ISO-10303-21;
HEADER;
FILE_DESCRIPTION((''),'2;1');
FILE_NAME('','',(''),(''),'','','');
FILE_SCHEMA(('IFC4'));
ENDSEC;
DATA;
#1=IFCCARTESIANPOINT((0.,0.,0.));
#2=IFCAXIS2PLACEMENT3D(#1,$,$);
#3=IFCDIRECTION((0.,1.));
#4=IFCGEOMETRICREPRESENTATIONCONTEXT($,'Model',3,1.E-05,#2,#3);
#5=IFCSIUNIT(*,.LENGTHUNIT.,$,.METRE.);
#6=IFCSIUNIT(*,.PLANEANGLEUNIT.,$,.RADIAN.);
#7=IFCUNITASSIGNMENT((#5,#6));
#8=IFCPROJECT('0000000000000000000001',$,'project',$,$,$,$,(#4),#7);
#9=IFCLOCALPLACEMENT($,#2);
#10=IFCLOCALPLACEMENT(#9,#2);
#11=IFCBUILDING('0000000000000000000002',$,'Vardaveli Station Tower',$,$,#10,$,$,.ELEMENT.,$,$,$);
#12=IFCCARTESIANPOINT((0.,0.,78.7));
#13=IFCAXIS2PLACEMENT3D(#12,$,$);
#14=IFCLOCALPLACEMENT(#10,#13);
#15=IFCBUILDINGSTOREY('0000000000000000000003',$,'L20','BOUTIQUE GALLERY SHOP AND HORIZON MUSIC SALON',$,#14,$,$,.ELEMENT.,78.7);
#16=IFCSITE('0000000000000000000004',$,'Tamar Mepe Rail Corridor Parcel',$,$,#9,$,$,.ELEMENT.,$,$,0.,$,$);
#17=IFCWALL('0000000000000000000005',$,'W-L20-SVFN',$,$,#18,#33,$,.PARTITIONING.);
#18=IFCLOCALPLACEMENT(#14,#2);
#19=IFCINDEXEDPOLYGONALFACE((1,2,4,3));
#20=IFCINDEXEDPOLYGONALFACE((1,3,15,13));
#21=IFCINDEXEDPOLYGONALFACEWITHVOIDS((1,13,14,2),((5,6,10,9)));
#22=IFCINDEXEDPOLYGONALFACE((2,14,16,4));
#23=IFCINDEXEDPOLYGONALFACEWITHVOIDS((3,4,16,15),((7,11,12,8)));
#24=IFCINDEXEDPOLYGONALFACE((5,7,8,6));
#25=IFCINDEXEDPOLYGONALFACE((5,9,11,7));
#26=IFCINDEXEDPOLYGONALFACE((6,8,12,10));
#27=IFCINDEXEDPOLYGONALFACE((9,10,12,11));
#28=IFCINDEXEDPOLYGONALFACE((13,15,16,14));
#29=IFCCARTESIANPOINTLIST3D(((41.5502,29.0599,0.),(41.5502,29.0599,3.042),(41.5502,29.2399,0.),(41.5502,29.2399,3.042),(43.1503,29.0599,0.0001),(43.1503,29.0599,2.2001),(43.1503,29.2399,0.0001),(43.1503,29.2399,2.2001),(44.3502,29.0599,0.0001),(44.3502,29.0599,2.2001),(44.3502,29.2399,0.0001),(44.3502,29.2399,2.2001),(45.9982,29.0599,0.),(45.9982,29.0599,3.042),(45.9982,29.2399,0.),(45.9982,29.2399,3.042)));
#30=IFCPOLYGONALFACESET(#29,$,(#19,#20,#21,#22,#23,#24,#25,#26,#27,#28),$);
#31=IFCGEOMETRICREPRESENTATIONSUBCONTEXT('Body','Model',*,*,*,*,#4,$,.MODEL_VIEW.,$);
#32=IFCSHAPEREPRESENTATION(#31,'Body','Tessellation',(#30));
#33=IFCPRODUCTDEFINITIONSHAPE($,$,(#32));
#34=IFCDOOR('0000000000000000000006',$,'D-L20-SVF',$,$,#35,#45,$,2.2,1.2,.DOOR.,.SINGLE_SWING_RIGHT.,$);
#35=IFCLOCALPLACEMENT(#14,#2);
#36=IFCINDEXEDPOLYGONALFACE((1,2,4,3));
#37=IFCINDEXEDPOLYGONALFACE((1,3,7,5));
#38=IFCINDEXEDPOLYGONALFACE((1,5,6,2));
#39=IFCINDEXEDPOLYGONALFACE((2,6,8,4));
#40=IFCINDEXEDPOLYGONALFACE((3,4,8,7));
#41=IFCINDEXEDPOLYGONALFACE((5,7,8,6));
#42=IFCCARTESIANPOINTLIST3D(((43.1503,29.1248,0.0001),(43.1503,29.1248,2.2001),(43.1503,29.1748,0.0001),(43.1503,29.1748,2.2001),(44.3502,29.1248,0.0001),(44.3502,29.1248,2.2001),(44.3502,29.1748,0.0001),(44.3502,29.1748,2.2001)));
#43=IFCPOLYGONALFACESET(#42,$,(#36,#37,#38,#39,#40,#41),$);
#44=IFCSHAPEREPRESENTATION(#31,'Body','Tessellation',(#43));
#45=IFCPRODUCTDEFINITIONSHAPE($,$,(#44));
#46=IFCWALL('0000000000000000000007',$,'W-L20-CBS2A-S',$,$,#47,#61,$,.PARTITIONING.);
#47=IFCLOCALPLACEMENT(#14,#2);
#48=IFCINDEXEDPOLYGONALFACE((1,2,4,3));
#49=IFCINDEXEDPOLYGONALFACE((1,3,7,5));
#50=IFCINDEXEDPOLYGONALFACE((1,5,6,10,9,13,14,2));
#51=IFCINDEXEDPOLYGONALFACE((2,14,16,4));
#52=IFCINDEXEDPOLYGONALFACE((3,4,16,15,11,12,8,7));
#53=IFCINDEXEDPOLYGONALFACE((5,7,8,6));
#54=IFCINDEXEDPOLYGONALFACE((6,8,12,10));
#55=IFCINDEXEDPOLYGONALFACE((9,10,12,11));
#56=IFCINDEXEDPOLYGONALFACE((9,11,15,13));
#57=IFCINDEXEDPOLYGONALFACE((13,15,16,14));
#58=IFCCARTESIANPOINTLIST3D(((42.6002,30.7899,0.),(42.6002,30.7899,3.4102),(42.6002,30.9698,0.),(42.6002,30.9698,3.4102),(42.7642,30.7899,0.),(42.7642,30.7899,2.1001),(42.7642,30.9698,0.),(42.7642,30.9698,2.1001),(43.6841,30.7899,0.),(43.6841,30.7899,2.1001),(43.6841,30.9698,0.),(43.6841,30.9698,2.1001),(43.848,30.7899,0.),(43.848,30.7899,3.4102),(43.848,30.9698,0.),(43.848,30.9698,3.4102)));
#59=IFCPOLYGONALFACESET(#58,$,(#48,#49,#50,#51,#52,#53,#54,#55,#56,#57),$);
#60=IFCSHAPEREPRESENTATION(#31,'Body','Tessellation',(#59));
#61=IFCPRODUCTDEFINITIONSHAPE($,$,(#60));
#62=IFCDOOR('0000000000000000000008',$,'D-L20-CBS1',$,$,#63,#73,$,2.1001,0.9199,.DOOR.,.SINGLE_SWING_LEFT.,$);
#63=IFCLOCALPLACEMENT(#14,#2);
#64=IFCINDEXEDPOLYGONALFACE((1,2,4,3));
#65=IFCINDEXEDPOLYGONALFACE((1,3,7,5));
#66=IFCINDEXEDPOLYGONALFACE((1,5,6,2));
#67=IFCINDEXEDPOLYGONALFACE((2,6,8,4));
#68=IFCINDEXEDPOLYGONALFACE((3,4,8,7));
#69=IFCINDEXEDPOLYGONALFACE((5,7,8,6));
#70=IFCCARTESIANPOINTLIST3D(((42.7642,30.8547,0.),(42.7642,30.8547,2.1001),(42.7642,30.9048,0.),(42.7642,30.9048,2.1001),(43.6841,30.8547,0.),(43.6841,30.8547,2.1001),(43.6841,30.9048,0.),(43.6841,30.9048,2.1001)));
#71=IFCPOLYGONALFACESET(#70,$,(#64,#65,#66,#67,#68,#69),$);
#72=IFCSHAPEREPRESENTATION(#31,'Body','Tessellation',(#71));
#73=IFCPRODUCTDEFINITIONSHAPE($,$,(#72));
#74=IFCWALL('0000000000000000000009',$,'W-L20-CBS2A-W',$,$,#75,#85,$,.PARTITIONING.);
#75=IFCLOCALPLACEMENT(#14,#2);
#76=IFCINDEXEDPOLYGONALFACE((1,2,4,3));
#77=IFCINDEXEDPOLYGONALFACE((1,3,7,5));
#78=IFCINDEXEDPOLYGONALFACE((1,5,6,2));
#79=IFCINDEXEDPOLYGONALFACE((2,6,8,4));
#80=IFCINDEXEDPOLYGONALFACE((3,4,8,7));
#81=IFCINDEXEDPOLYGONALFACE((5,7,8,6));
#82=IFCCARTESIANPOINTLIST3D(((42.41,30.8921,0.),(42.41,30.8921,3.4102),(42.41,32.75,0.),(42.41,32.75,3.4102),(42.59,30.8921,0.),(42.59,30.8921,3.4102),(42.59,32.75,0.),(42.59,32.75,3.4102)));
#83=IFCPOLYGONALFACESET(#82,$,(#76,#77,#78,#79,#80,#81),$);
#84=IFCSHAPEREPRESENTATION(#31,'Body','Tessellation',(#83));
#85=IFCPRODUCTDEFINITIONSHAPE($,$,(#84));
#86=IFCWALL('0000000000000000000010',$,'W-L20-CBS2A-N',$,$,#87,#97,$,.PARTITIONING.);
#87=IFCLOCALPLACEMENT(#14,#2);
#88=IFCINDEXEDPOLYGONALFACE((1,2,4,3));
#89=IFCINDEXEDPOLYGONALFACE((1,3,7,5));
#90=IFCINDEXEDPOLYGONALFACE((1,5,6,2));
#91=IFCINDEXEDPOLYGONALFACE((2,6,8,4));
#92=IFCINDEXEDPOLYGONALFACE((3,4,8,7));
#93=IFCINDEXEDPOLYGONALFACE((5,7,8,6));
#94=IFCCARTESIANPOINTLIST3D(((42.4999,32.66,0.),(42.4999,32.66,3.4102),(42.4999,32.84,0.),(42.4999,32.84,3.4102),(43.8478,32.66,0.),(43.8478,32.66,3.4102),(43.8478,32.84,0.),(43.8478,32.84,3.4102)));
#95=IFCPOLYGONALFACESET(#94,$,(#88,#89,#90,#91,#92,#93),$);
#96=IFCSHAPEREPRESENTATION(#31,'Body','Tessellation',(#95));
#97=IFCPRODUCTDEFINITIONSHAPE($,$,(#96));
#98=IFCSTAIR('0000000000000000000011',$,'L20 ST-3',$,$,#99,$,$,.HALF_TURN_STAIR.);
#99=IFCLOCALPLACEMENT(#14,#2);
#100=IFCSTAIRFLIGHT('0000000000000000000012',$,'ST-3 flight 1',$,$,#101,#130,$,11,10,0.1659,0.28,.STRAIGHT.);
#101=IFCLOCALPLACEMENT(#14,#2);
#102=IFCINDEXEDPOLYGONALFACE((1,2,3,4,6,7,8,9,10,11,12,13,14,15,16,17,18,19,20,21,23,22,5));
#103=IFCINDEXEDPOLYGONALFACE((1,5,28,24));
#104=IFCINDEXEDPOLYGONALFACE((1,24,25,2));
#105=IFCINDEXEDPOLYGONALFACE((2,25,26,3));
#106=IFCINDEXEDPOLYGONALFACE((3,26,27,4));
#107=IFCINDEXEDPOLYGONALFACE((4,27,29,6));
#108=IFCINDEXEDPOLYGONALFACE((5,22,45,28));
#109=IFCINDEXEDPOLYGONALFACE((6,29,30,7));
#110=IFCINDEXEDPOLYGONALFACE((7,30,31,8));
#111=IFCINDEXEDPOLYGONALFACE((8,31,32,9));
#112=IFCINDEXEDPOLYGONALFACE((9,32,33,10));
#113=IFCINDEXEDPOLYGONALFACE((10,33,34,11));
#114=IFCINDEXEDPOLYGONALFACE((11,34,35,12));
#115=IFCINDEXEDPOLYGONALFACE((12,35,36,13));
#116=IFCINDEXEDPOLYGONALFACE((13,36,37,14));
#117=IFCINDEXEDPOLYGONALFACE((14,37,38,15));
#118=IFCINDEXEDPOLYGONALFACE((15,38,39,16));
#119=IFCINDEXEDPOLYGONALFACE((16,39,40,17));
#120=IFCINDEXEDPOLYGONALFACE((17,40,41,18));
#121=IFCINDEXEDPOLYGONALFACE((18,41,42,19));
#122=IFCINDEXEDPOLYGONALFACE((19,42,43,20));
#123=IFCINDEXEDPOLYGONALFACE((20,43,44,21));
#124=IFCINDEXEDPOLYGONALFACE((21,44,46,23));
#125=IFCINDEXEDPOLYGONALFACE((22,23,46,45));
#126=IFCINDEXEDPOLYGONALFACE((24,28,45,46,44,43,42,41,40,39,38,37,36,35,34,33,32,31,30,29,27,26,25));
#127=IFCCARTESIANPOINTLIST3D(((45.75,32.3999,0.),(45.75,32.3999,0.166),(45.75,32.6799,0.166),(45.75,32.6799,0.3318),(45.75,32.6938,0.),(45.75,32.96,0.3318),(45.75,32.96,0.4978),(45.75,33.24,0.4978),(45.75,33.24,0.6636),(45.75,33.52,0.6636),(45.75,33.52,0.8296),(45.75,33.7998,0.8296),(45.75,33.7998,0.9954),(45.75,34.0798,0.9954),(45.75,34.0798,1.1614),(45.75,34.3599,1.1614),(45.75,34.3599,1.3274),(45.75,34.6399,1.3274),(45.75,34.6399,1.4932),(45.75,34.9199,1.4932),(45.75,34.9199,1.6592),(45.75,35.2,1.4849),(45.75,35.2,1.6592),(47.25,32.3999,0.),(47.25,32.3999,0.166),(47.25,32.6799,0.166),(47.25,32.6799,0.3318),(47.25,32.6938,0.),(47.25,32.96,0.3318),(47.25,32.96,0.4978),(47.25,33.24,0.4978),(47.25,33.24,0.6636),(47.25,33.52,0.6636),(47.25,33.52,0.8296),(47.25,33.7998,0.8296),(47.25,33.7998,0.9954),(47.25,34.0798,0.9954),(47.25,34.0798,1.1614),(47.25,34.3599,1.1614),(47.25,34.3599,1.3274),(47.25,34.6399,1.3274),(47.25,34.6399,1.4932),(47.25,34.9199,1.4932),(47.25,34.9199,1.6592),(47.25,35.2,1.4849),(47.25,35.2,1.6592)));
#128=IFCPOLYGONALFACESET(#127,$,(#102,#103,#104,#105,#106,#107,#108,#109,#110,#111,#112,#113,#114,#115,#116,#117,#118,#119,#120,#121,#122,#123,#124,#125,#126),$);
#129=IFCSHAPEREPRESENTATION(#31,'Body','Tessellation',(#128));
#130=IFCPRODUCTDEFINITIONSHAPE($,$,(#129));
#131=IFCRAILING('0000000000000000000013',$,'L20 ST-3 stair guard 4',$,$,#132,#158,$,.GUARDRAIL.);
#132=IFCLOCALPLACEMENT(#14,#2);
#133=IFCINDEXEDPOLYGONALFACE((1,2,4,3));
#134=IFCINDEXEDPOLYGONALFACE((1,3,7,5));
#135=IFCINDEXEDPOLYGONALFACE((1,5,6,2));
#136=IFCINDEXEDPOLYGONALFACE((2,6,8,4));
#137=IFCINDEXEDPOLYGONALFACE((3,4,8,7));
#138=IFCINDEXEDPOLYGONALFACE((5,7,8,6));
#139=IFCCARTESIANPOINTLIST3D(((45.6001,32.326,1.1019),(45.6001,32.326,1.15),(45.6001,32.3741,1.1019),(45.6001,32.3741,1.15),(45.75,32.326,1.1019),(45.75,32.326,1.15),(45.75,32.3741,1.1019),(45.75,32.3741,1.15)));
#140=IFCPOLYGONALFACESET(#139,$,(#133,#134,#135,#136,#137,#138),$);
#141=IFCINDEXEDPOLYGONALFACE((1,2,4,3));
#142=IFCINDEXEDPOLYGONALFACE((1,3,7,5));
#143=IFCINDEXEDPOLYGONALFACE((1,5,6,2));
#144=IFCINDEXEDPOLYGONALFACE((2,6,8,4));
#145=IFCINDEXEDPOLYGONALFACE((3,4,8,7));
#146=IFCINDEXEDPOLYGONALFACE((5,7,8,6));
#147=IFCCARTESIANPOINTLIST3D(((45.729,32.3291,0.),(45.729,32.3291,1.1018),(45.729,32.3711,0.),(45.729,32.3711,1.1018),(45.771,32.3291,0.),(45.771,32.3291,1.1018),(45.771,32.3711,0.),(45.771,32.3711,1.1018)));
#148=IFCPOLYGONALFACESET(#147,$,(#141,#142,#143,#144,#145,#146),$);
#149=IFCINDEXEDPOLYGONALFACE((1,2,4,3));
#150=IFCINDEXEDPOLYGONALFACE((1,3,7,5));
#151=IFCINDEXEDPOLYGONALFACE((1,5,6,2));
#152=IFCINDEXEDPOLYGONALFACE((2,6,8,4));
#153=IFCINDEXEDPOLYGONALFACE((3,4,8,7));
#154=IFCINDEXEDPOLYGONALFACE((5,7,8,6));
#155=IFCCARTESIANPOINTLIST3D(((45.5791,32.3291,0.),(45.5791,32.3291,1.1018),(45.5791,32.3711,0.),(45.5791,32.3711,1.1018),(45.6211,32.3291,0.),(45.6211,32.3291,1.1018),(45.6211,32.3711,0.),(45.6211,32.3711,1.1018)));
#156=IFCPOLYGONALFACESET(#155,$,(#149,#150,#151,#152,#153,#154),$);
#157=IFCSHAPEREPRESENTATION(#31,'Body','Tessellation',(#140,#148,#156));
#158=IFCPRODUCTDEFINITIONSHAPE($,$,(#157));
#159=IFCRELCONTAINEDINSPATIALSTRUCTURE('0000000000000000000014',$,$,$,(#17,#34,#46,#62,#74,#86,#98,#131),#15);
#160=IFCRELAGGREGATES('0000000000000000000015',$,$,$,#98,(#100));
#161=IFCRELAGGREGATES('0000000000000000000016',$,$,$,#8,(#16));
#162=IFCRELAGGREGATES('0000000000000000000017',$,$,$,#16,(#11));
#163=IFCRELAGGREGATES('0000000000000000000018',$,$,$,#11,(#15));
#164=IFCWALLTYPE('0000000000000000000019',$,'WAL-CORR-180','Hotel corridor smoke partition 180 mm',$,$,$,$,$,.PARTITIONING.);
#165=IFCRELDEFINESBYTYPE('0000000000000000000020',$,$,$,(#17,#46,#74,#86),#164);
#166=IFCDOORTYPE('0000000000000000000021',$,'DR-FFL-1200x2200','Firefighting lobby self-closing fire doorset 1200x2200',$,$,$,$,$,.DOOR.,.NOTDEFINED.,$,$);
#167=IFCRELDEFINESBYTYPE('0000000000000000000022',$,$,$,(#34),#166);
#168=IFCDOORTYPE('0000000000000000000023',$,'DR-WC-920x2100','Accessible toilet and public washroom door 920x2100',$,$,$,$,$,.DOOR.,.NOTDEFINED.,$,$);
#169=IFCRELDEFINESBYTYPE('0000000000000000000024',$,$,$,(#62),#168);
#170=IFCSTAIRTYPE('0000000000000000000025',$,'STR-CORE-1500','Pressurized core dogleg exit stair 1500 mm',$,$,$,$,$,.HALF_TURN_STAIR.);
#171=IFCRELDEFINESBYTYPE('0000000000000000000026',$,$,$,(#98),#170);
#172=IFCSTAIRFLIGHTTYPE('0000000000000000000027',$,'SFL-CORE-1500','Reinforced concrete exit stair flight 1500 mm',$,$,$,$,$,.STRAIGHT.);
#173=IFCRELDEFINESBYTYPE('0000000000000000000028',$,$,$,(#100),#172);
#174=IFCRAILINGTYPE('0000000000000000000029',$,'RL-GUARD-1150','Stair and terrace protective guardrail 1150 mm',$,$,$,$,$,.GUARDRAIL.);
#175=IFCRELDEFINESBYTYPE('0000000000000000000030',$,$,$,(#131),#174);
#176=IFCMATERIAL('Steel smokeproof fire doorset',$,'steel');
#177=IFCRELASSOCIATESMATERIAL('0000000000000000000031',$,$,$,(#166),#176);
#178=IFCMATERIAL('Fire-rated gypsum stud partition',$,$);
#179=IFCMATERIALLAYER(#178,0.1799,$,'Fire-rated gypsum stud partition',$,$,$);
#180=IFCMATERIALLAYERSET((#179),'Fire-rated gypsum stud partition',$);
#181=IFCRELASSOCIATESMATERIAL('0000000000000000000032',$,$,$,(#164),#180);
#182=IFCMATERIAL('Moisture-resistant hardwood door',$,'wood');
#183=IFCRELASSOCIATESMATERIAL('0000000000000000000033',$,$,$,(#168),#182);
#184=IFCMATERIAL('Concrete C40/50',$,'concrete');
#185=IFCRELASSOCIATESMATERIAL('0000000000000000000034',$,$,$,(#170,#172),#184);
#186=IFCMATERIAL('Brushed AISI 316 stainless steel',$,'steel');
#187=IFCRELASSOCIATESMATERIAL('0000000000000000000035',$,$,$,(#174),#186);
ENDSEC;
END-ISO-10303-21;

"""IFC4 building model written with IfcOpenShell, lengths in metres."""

from ifc_helpers import new_model, si_unit, direction, frame, frame_2d, origin, origin_2d, place, context, subcontext, project, spatial, polyline, rectangle, outline, extrude, source, transform, mapped, material, layer, layer_set, type_object, element, fill, aggregate, save


model = new_model("IFC4")

# Units and contexts
model_context = context("Model", 3, precision=1e-05, world=origin(), true_north=direction((0.0, 1.0)))
body_context = subcontext(model_context, "Body", "Model", "MODEL_VIEW")
ifc_project = project(units=[si_unit("LENGTHUNIT", "METRE"), si_unit("PLANEANGLEUNIT", "RADIAN")], contexts=[model_context])

# Site, building, storey
site_placement = place(None, origin())
site = spatial("IfcSite", under=ifc_project, at=site_placement, Name="Tamar Mepe Rail Corridor Parcel", CompositionType="ELEMENT", RefElevation=0.0)
building_placement = place(site_placement, origin())
building = spatial("IfcBuilding", under=site, at=building_placement, Name="Vardaveli Station Tower", CompositionType="ELEMENT")
storey_placement = place(building_placement, frame((0.0, 0.0, 78.7)))
storey = spatial("IfcBuildingStorey", under=building, at=storey_placement, Name="L20", Description="BOUTIQUE GALLERY SHOP AND HORIZON MUSIC SALON", CompositionType="ELEMENT", Elevation=78.7)

# Shared definitions
ifc_material_1 = material(Name="Concrete C40/50", Category="concrete")

# Walls, openings, doors
ifc_material_2 = material(Name="Steel smokeproof fire doorset", Category="steel")
door_type_1 = type_object("IfcDoorType", Name="DR-FFL-1200x2200", Description="Firefighting lobby self-closing fire doorset 1200x2200", OperationType="NOTDEFINED", PredefinedType="DOOR", material=ifc_material_2)
shared_shape_1 = source(origin(), body_context, "Body", "SweptSolid", [
    extrude(rectangle(XDim=1.2, YDim=2.2, at=frame_2d((0.6001, 1.1001))), frame((0.0, 0.0249, 0.0), z_axis=(0.0, -1.0, 0.0), x_axis=(1.0, 0.0, 0.0)), (0.0, 0.0, 1.0), 0.05),
])
ifc_material_3 = material(Name="Fire-rated gypsum stud partition")
ifc_layer_1 = layer(ifc_material_3, 0.1799, Name="Fire-rated gypsum stud partition")
ifc_layer_set_1 = layer_set([ifc_layer_1], Name="Fire-rated gypsum stud partition")
wall_type_1 = type_object("IfcWallType", Name="WAL-CORR-180", Description="Hotel corridor smoke partition 180 mm", PredefinedType="PARTITIONING", material=ifc_layer_set_1)
shared_shape_2 = source(origin(), body_context, "Body", "SweptSolid", [
    extrude(rectangle(XDim=4.448, YDim=0.1799, at=frame_2d((2.2241, 0.0))), origin(), (0.0, 0.0, 1.0), 3.042),
])
wall_1_placement = place(storey_placement, frame((41.55, 29.1499, 0.0), z_axis=(0.0, 0.0, 1.0), x_axis=(1.0, 0.0, 0.0)))
wall_1 = element("IfcWall", 1, at=wall_1_placement, inside=storey, type_object=wall_type_1, Name="W-L20-SVFN", PredefinedType="PARTITIONING", context=body_context, shape_type="MappedRepresentation", body=[
    mapped(shared_shape_2, transform((0.0, 0.0, 0.0), scale=1.0)),
])
shared_shape_3 = source(origin(), body_context, "Body", "SweptSolid", [
    extrude(rectangle(XDim=1.2, YDim=2.2, at=frame_2d((0.6001, 1.1001))), frame((0.0, 0.1001, 0.0), z_axis=(0.0, -1.0, 0.0), x_axis=(1.0, 0.0, 0.0)), (0.0, 0.0, 1.0), 0.2),
])
opening_1_placement = place(wall_1_placement, frame((1.6001, 0.0, 0.0)))
opening_1 = element("IfcOpeningElement", 2, at=opening_1_placement, cuts=wall_1, PredefinedType="OPENING", context=body_context, shape_type="MappedRepresentation", body=[
    mapped(shared_shape_3, transform((0.0, 0.0, 0.0), scale=1.0)),
])
door_1_placement = place(opening_1_placement, origin())
door_1 = element("IfcDoor", 3, at=door_1_placement, inside=storey, type_object=door_type_1, Name="D-L20-SVF", OperationType="SINGLE_SWING_RIGHT", OverallHeight=2.2, OverallWidth=1.2, PredefinedType="DOOR", context=body_context, shape_type="MappedRepresentation", body=[
    mapped(shared_shape_1, transform((0.0, 0.0, 0.0), scale=1.0)),
])
fill(opening_1, door_1)
shared_shape_4 = source(origin(), body_context, "Body", "SweptSolid", [
    extrude(rectangle(XDim=1.2478, YDim=0.1799, at=frame_2d((0.624, 0.0))), origin(), (0.0, 0.0, 1.0), 3.4102),
])
wall_2_placement = place(storey_placement, frame((42.6001, 30.8799, 0.0), z_axis=(0.0, 0.0, 1.0), x_axis=(1.0, 0.0, 0.0)))
wall_2 = element("IfcWall", 4, at=wall_2_placement, inside=storey, type_object=wall_type_1, Name="W-L20-CBS2A-S", PredefinedType="PARTITIONING", context=body_context, shape_type="MappedRepresentation", body=[
    mapped(shared_shape_4, transform((0.0, 0.0, 0.0), scale=1.0)),
])
shared_shape_5 = source(origin(), body_context, "Body", "SweptSolid", [
    extrude(rectangle(XDim=0.9199, YDim=2.1001, at=frame_2d((0.46, 1.05))), frame((0.0, 0.1001, 0.0), z_axis=(0.0, -1.0, 0.0), x_axis=(1.0, 0.0, 0.0)), (0.0, 0.0, 1.0), 0.2),
])
opening_2_placement = place(wall_2_placement, frame((0.1641, 0.0, 0.0)))
opening_2 = element("IfcOpeningElement", 5, at=opening_2_placement, cuts=wall_2, PredefinedType="OPENING", context=body_context, shape_type="MappedRepresentation", body=[
    mapped(shared_shape_5, transform((0.0, 0.0, 0.0), scale=1.0)),
])
ifc_material_4 = material(Name="Moisture-resistant hardwood door", Category="wood")
door_type_2 = type_object("IfcDoorType", Name="DR-WC-920x2100", Description="Accessible toilet and public washroom door 920x2100", OperationType="NOTDEFINED", PredefinedType="DOOR", material=ifc_material_4)
shared_shape_6 = source(origin(), body_context, "Body", "SweptSolid", [
    extrude(rectangle(XDim=0.9199, YDim=2.1001, at=frame_2d((0.46, 1.05))), frame((0.0, 0.0249, 0.0), z_axis=(0.0, -1.0, 0.0), x_axis=(1.0, 0.0, 0.0)), (0.0, 0.0, 1.0), 0.05),
])
door_2_placement = place(opening_2_placement, origin())
door_2 = element("IfcDoor", 6, at=door_2_placement, inside=storey, type_object=door_type_2, Name="D-L20-CBS1", OperationType="SINGLE_SWING_LEFT", OverallHeight=2.1001, OverallWidth=0.9199, PredefinedType="DOOR", context=body_context, shape_type="MappedRepresentation", body=[
    mapped(shared_shape_6, transform((0.0, 0.0, 0.0), scale=1.0)),
])
fill(opening_2, door_2)

# Walls
shared_shape_7 = source(origin(), body_context, "Body", "SweptSolid", [
    extrude(rectangle(XDim=1.8579, YDim=0.1799, at=frame_2d((0.929, 0.0))), origin(), (0.0, 0.0, 1.0), 3.4102),
])
wall_3_placement = place(storey_placement, frame((42.5, 30.8921, 0.0), z_axis=(0.0, 0.0, 1.0), x_axis=(0.0, 1.0, 0.0)))
element("IfcWall", 7, at=wall_3_placement, inside=storey, type_object=wall_type_1, Name="W-L20-CBS2A-W", PredefinedType="PARTITIONING", context=body_context, shape_type="MappedRepresentation", body=[
    mapped(shared_shape_7, transform((0.0, 0.0, 0.0), scale=1.0)),
])
shared_shape_8 = source(origin(), body_context, "Body", "SweptSolid", [
    extrude(rectangle(XDim=1.3479, YDim=0.1799, at=frame_2d((0.6738, 0.0))), origin(), (0.0, 0.0, 1.0), 3.4102),
])
wall_4_placement = place(storey_placement, frame((42.5, 32.75, 0.0), z_axis=(0.0, 0.0, 1.0), x_axis=(1.0, 0.0, 0.0)))
element("IfcWall", 8, at=wall_4_placement, inside=storey, type_object=wall_type_1, Name="W-L20-CBS2A-N", PredefinedType="PARTITIONING", context=body_context, shape_type="MappedRepresentation", body=[
    mapped(shared_shape_8, transform((0.0, 0.0, 0.0), scale=1.0)),
])

# Stair, stair flight
stair_type = type_object("IfcStairType", Name="STR-CORE-1500", Description="Pressurized core dogleg exit stair 1500 mm", PredefinedType="HALF_TURN_STAIR", material=ifc_material_1)
stair_placement = place(storey_placement, origin())
stair = element("IfcStair", 9, at=stair_placement, inside=storey, type_object=stair_type, Name="L20 ST-3", PredefinedType="HALF_TURN_STAIR")
stair_flight_type = type_object("IfcStairFlightType", Name="SFL-CORE-1500", Description="Reinforced concrete exit stair flight 1500 mm", PredefinedType="STRAIGHT", material=ifc_material_1)
shared_shape_9 = source(origin(), body_context, "Body", "SweptSolid", [
    extrude(outline(polyline([(0.0, 0.0), (0.0, 0.166), (0.28, 0.166), (0.28, 0.3318), (0.5601, 0.3318), (0.5601, 0.4978), (0.8401, 0.4978), (0.8401, 0.6636), (1.1201, 0.6636), (1.1201, 0.8296), (1.3999, 0.8296), (1.3999, 0.9954), (1.6799, 0.9954), (1.6799, 1.1614), (1.96, 1.1614), (1.96, 1.3274), (2.24, 1.3274), (2.24, 1.4932), (2.52, 1.4932), (2.52, 1.6592), (2.8, 1.6592), (2.8, 1.825), (2.8, 1.4849), (0.2939, 0.0), (0.0, 0.0)])), frame((0.0, 0.75, 0.0), z_axis=(0.0, -1.0, 0.0), x_axis=(1.0, 0.0, 0.0)), (0.0, 0.0, 1.0), 1.5),
])
stair_flight_placement = place(storey_placement, frame((46.5, 32.3999, 0.0), z_axis=(0.0, 0.0, 1.0), x_axis=(0.0, 1.0, 0.0)))
stair_flight = element("IfcStairFlight", 10, at=stair_flight_placement, type_object=stair_flight_type, Name="ST-3 flight 1", NumberOfRisers=11, NumberOfTreads=10, PredefinedType="STRAIGHT", RiserHeight=0.1659, TreadLength=0.28, context=body_context, shape_type="MappedRepresentation", body=[
    mapped(shared_shape_9, transform((0.0, 0.0, 0.0), scale=1.0)),
])
aggregate(stair, [stair_flight])

# Railing
ifc_material_5 = material(Name="Brushed AISI 316 stainless steel", Category="steel")
railing_type_1 = type_object("IfcRailingType", Name="RL-GUARD-1150", Description="Stair and terrace protective guardrail 1150 mm", PredefinedType="GUARDRAIL", material=ifc_material_5)
shared_shape_10 = source(origin(), body_context, "Body", "SweptSolid", [
    extrude(rectangle(XDim=0.0481, YDim=0.0481, at=origin_2d()), frame((0.0, 0.0, 1.126), z_axis=(-1.0, 0.0, 0.0), x_axis=(0.0, -1.0, 0.0)), (0.0, 0.0, 1.0), 0.1499),
    extrude(rectangle(XDim=0.042, YDim=0.042, at=origin_2d()), origin(), (0.0, 0.0, 1.0), 1.1018),
    extrude(rectangle(XDim=0.042, YDim=0.042, at=origin_2d()), frame((-0.1499, 0.0, 0.0)), (0.0, 0.0, 1.0), 1.1018),
])
railing_1_placement = place(storey_placement, frame((45.75, 32.3501, 0.0)))
element("IfcRailing", 11, at=railing_1_placement, inside=storey, type_object=railing_type_1, Name="L20 ST-3 stair guard 4", PredefinedType="GUARDRAIL", context=body_context, shape_type="MappedRepresentation", body=[
    mapped(shared_shape_10, transform((0.0, 0.0, 0.0), scale=1.0)),
])

save(model, "model.ifc")
